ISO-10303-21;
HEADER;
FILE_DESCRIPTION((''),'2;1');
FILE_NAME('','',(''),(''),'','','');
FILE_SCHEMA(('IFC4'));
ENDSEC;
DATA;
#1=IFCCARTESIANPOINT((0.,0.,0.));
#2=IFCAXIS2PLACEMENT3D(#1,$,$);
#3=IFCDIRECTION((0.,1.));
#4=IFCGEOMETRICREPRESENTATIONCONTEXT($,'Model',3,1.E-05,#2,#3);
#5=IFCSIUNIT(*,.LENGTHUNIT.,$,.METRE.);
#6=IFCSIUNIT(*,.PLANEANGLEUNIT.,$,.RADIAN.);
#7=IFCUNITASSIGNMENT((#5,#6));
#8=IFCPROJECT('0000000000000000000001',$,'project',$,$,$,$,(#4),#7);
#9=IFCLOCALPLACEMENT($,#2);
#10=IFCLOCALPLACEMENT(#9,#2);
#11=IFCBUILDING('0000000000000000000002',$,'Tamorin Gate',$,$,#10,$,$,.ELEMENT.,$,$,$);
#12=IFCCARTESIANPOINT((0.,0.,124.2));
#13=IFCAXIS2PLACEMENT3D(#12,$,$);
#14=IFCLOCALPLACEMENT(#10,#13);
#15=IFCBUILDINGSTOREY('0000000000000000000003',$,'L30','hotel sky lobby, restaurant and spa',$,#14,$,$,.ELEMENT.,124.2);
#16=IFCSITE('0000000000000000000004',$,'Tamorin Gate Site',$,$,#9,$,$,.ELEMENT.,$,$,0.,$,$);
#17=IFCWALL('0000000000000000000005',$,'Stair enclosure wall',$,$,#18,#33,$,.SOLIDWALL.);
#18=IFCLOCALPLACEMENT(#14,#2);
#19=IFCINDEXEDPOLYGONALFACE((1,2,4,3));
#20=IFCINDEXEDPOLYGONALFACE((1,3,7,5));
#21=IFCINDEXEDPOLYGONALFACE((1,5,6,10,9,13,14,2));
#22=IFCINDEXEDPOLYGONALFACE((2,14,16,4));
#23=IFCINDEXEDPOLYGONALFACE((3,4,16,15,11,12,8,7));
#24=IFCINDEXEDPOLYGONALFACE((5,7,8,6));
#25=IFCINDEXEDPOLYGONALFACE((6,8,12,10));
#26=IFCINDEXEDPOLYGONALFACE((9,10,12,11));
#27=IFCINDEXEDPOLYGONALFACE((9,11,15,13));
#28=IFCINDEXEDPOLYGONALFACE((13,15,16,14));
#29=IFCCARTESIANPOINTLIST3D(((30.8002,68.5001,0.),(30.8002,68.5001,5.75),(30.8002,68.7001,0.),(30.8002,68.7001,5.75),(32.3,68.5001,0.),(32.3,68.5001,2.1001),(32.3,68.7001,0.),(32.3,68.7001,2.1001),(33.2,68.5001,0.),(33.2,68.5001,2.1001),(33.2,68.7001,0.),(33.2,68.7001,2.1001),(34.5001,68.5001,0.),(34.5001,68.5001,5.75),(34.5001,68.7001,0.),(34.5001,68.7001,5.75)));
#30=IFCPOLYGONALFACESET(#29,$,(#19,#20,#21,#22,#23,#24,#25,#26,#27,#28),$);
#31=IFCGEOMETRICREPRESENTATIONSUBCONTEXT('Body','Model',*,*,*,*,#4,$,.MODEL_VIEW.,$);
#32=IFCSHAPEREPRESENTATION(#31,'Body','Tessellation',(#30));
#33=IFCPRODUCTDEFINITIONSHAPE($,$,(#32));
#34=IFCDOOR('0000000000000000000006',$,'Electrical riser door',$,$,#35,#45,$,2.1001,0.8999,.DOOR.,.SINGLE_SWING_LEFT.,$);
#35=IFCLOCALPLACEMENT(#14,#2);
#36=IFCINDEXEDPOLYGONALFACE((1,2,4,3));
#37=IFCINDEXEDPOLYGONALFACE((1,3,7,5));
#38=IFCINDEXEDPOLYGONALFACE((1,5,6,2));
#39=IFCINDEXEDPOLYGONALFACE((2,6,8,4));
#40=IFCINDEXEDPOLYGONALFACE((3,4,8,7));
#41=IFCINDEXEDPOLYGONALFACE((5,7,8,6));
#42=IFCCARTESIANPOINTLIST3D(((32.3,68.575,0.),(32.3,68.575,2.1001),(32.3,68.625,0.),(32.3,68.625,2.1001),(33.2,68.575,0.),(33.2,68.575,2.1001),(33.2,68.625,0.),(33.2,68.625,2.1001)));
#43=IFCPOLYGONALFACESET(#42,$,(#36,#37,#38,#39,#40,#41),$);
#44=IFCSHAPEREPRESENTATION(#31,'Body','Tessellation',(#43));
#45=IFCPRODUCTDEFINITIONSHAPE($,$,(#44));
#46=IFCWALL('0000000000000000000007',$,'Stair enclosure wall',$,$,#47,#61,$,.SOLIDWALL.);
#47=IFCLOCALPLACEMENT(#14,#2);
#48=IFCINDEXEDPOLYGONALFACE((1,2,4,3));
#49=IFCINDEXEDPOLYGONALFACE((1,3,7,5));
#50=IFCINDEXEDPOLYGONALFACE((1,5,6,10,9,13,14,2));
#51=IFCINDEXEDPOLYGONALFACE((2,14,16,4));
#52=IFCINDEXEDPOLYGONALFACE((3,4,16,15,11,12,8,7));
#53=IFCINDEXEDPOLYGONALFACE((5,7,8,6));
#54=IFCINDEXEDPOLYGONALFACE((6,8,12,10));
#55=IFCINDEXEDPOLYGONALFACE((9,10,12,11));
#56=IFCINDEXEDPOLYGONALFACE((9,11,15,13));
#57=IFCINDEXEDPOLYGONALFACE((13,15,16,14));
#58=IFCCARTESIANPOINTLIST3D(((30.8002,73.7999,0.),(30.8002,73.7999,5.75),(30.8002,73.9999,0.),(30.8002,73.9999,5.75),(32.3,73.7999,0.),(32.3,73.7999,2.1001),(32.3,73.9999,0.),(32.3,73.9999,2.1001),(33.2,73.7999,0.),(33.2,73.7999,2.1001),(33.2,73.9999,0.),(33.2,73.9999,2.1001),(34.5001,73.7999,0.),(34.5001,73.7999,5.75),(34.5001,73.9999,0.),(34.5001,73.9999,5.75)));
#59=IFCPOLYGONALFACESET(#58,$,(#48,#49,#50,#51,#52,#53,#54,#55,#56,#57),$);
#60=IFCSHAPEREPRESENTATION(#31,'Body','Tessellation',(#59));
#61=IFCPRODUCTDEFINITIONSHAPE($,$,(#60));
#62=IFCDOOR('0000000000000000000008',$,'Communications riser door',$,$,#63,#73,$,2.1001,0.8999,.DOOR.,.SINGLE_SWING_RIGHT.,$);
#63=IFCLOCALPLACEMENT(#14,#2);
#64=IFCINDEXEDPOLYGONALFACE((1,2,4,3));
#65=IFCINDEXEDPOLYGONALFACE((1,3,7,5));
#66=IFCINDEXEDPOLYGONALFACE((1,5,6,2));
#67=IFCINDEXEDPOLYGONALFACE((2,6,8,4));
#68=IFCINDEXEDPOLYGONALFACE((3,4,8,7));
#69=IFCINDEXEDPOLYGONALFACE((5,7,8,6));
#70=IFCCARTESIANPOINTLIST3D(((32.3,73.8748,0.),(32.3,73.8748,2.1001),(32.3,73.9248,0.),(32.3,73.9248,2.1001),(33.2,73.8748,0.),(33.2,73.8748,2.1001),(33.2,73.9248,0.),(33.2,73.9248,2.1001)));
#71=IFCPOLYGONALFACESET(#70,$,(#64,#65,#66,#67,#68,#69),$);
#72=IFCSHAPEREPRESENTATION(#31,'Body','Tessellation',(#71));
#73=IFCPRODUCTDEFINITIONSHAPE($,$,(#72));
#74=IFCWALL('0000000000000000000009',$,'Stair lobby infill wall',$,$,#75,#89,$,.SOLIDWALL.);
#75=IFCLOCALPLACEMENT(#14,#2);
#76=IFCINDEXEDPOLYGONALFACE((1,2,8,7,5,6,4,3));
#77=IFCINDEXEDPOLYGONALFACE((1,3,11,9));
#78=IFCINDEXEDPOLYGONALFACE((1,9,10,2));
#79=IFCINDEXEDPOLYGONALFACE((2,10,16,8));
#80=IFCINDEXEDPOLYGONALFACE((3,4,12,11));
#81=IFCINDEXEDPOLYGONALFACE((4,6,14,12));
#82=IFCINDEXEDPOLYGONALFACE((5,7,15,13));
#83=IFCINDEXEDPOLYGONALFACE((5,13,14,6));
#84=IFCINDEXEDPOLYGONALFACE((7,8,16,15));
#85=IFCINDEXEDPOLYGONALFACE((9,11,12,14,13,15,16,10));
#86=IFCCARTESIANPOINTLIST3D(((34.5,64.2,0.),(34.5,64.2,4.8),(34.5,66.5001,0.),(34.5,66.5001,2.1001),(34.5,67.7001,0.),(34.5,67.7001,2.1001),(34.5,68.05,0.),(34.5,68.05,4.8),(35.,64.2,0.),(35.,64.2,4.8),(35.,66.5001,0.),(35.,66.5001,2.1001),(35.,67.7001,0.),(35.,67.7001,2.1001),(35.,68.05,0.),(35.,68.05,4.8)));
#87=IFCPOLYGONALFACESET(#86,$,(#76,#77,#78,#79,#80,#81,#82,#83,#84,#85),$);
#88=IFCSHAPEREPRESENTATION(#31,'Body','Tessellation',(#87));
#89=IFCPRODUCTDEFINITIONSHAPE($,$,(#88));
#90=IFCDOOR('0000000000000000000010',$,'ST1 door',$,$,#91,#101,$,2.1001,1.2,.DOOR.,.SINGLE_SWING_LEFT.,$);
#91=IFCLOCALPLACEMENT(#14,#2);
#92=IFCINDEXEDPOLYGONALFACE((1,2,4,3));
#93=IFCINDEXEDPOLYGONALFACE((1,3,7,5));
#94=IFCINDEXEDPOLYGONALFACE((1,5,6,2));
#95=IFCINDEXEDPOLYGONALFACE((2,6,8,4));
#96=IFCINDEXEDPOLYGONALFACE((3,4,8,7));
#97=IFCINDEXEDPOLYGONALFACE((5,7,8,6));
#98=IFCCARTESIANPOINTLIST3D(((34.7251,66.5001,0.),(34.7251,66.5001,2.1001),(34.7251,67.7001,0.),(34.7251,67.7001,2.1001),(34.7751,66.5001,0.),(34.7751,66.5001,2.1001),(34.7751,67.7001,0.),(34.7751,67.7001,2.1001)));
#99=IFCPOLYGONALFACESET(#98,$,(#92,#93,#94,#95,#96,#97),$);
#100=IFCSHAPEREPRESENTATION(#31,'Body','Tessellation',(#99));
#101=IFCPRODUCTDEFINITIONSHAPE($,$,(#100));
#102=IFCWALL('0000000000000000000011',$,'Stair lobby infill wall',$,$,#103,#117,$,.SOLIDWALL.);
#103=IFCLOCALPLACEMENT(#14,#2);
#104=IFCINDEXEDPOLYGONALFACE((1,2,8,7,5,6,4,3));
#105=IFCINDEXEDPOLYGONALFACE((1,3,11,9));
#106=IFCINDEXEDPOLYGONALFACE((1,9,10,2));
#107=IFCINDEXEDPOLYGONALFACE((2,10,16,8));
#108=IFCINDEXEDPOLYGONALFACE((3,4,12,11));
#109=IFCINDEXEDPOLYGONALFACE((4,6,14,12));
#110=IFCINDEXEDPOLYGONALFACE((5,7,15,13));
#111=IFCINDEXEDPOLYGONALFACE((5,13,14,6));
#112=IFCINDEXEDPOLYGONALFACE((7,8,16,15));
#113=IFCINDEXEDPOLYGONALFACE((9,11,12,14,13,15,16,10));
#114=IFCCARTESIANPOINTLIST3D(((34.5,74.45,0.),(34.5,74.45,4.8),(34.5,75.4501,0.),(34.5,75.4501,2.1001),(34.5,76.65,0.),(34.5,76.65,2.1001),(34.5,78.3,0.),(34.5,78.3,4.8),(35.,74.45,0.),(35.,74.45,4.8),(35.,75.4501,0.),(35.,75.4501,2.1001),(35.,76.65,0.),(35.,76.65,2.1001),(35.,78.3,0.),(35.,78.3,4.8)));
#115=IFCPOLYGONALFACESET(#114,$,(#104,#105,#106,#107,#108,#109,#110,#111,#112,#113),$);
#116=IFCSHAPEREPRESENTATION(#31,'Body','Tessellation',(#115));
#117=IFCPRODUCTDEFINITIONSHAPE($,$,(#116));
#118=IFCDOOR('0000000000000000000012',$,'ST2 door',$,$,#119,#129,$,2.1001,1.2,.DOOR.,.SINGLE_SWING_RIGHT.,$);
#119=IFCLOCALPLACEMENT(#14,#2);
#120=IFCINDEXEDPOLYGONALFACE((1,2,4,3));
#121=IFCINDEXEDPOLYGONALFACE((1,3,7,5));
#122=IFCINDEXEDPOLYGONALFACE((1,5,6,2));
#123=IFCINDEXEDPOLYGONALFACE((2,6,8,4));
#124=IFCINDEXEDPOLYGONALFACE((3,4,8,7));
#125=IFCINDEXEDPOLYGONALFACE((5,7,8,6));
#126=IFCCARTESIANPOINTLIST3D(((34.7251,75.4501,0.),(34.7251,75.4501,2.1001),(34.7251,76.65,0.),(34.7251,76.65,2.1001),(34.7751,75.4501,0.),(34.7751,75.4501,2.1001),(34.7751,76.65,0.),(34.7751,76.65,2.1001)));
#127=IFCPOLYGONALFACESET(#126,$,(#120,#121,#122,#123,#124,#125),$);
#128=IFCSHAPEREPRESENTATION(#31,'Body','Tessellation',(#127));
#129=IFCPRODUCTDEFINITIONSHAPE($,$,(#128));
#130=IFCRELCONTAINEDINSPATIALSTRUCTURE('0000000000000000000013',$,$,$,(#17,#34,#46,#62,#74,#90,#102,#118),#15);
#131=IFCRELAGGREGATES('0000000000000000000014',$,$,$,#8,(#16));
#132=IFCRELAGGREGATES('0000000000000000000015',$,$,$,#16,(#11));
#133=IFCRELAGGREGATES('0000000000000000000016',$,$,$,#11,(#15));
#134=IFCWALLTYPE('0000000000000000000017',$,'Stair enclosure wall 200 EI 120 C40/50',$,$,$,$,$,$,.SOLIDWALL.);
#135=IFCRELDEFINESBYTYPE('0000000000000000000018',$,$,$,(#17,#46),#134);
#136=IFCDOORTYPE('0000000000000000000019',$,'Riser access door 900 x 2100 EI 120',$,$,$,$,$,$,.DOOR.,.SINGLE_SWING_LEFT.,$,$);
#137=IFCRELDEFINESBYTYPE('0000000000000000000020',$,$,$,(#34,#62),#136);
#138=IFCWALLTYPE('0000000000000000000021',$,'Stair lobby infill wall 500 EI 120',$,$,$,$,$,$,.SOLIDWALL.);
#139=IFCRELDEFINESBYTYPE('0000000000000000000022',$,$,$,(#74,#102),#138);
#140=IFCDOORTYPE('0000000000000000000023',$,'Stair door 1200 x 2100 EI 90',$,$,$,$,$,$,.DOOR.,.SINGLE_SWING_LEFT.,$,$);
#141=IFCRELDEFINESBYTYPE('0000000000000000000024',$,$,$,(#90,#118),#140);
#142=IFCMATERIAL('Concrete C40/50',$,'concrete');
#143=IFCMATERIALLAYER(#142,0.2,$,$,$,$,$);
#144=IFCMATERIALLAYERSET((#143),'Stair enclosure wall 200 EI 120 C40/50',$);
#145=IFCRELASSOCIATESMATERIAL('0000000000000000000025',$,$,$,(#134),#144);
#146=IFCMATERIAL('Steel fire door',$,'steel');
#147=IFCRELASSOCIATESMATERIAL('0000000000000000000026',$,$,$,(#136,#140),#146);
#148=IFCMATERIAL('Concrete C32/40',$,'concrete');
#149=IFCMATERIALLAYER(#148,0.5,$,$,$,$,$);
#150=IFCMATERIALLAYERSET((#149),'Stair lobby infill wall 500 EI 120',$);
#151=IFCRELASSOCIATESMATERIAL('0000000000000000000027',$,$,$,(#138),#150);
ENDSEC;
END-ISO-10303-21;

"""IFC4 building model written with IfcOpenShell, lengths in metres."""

from ifc_helpers import new_model, si_unit, direction, frame, frame_2d, origin, place, context, subcontext, project, spatial, rectangle, extrude, material, layer, layer_set, type_object, element, fill, save


model = new_model("IFC4")

# Units and contexts
model_context = context("Model", 3, precision=1e-05, world=origin(), true_north=direction((0.0, 1.0)))
body_context = subcontext(model_context, "Body", "Model", "MODEL_VIEW")
ifc_project = project(units=[si_unit("LENGTHUNIT", "METRE"), si_unit("PLANEANGLEUNIT", "RADIAN")], contexts=[model_context])

# Site, building, storey
site_placement = place(None, origin())
site = spatial("IfcSite", under=ifc_project, at=site_placement, Name="Tamorin Gate Site", CompositionType="ELEMENT", RefElevation=0.0)
building_placement = place(site_placement, origin())
building = spatial("IfcBuilding", under=site, at=building_placement, Name="Tamorin Gate", CompositionType="ELEMENT")
storey_placement = place(building_placement, frame((0.0, 0.0, 124.2)))
storey = spatial("IfcBuildingStorey", under=building, at=storey_placement, Name="L30", Description="hotel sky lobby, restaurant and spa", CompositionType="ELEMENT", Elevation=124.2)

# Shared definitions
ifc_material_1 = material(Name="Concrete C32/40", Category="concrete")

# Walls, openings, doors
ifc_material_2 = material(Name="Concrete C40/50", Category="concrete")
ifc_layer_1 = layer(ifc_material_2, 0.2)
ifc_layer_set_1 = layer_set([ifc_layer_1], Name="Stair enclosure wall 200 EI 120 C40/50")
wall_type_1 = type_object("IfcWallType", Name="Stair enclosure wall 200 EI 120 C40/50", PredefinedType="SOLIDWALL", material=ifc_layer_set_1)
wall_1_placement = place(storey_placement, frame((30.8, 68.6001, 0.0), z_axis=(0.0, 0.0, 1.0), x_axis=(1.0, 0.0, 0.0)))
wall_1 = element("IfcWall", 1, at=wall_1_placement, inside=storey, type_object=wall_type_1, Name="Stair enclosure wall", PredefinedType="SOLIDWALL", context=body_context, shape_type="SweptSolid", body=[
    extrude(rectangle(XDim=3.7, YDim=0.2, at=frame_2d((1.8501, 0.0))), origin(), (0.0, 0.0, 1.0), 5.75),
])
opening_1_placement = place(wall_1_placement, frame((1.5, 0.0, 0.0)))
opening_1 = element("IfcOpeningElement", 2, at=opening_1_placement, cuts=wall_1, PredefinedType="OPENING", context=body_context, shape_type="SweptSolid", body=[
    extrude(rectangle(XDim=0.8999, YDim=2.1001, at=frame_2d((0.45, 1.05))), frame((0.0, 0.1099, 0.0), z_axis=(0.0, -1.0, 0.0), x_axis=(1.0, 0.0, 0.0)), (0.0, 0.0, 1.0), 0.22),
])
ifc_material_3 = material(Name="Steel fire door", Category="steel")
door_type_1 = type_object("IfcDoorType", Name="Riser access door 900 x 2100 EI 120", OperationType="SINGLE_SWING_LEFT", PredefinedType="DOOR", material=ifc_material_3)
door_1_placement = place(opening_1_placement, origin())
door_1 = element("IfcDoor", 3, at=door_1_placement, inside=storey, type_object=door_type_1, Name="Electrical riser door", OperationType="SINGLE_SWING_LEFT", OverallHeight=2.1001, OverallWidth=0.8999, PredefinedType="DOOR", context=body_context, shape_type="SweptSolid", body=[
    extrude(rectangle(XDim=0.8999, YDim=2.1001, at=frame_2d((0.45, 1.05))), frame((0.0, 0.0249, 0.0), z_axis=(0.0, -1.0, 0.0), x_axis=(1.0, 0.0, 0.0)), (0.0, 0.0, 1.0), 0.05),
])
fill(opening_1, door_1)
wall_2_placement = place(storey_placement, frame((30.8, 73.8999, 0.0), z_axis=(0.0, 0.0, 1.0), x_axis=(1.0, 0.0, 0.0)))
wall_2 = element("IfcWall", 4, at=wall_2_placement, inside=storey, type_object=wall_type_1, Name="Stair enclosure wall", PredefinedType="SOLIDWALL", context=body_context, shape_type="SweptSolid", body=[
    extrude(rectangle(XDim=3.7, YDim=0.2, at=frame_2d((1.8501, 0.0))), origin(), (0.0, 0.0, 1.0), 5.75),
])
opening_2_placement = place(wall_2_placement, frame((1.5, 0.0, 0.0)))
opening_2 = element("IfcOpeningElement", 5, at=opening_2_placement, cuts=wall_2, PredefinedType="OPENING", context=body_context, shape_type="SweptSolid", body=[
    extrude(rectangle(XDim=0.8999, YDim=2.1001, at=frame_2d((0.45, 1.05))), frame((0.0, 0.1099, 0.0), z_axis=(0.0, -1.0, 0.0), x_axis=(1.0, 0.0, 0.0)), (0.0, 0.0, 1.0), 0.22),
])
door_2_placement = place(opening_2_placement, origin())
door_2 = element("IfcDoor", 6, at=door_2_placement, inside=storey, type_object=door_type_1, Name="Communications riser door", OperationType="SINGLE_SWING_RIGHT", OverallHeight=2.1001, OverallWidth=0.8999, PredefinedType="DOOR", context=body_context, shape_type="SweptSolid", body=[
    extrude(rectangle(XDim=0.8999, YDim=2.1001, at=frame_2d((0.45, 1.05))), frame((0.0, 0.0249, 0.0), z_axis=(0.0, -1.0, 0.0), x_axis=(1.0, 0.0, 0.0)), (0.0, 0.0, 1.0), 0.05),
])
fill(opening_2, door_2)
ifc_layer_2 = layer(ifc_material_1, 0.5)
ifc_layer_set_2 = layer_set([ifc_layer_2], Name="Stair lobby infill wall 500 EI 120")
wall_type_2 = type_object("IfcWallType", Name="Stair lobby infill wall 500 EI 120", PredefinedType="SOLIDWALL", material=ifc_layer_set_2)
wall_3_placement = place(storey_placement, frame((34.75, 64.2, 0.0), z_axis=(0.0, 0.0, 1.0), x_axis=(0.0, 1.0, 0.0)))
wall_3 = element("IfcWall", 7, at=wall_3_placement, inside=storey, type_object=wall_type_2, Name="Stair lobby infill wall", PredefinedType="SOLIDWALL", context=body_context, shape_type="SweptSolid", body=[
    extrude(rectangle(XDim=3.8501, YDim=0.5, at=frame_2d((1.925, 0.0))), origin(), (0.0, 0.0, 1.0), 4.8),
])
opening_3_placement = place(wall_3_placement, frame((2.3, 0.0, 0.0)))
opening_3 = element("IfcOpeningElement", 8, at=opening_3_placement, cuts=wall_3, PredefinedType="OPENING", context=body_context, shape_type="SweptSolid", body=[
    extrude(rectangle(XDim=1.2, YDim=2.1001, at=frame_2d((0.6001, 1.05))), frame((0.0, 0.26, 0.0), z_axis=(0.0, -1.0, 0.0), x_axis=(1.0, 0.0, 0.0)), (0.0, 0.0, 1.0), 0.52),
])
door_type_2 = type_object("IfcDoorType", Name="Stair door 1200 x 2100 EI 90", OperationType="SINGLE_SWING_LEFT", PredefinedType="DOOR", material=ifc_material_3)
door_3_placement = place(opening_3_placement, origin())
door_3 = element("IfcDoor", 9, at=door_3_placement, inside=storey, type_object=door_type_2, Name="ST1 door", OperationType="SINGLE_SWING_LEFT", OverallHeight=2.1001, OverallWidth=1.2, PredefinedType="DOOR", context=body_context, shape_type="SweptSolid", body=[
    extrude(rectangle(XDim=1.2, YDim=2.1001, at=frame_2d((0.6001, 1.05))), frame((0.0, 0.0249, 0.0), z_axis=(0.0, -1.0, 0.0), x_axis=(1.0, 0.0, 0.0)), (0.0, 0.0, 1.0), 0.05),
])
fill(opening_3, door_3)
wall_4_placement = place(storey_placement, frame((34.75, 74.45, 0.0), z_axis=(0.0, 0.0, 1.0), x_axis=(0.0, 1.0, 0.0)))
wall_4 = element("IfcWall", 10, at=wall_4_placement, inside=storey, type_object=wall_type_2, Name="Stair lobby infill wall", PredefinedType="SOLIDWALL", context=body_context, shape_type="SweptSolid", body=[
    extrude(rectangle(XDim=3.8501, YDim=0.5, at=frame_2d((1.925, 0.0))), origin(), (0.0, 0.0, 1.0), 4.8),
])
opening_4_placement = place(wall_4_placement, frame((1.0, 0.0, 0.0)))
opening_4 = element("IfcOpeningElement", 11, at=opening_4_placement, cuts=wall_4, PredefinedType="OPENING", context=body_context, shape_type="SweptSolid", body=[
    extrude(rectangle(XDim=1.2, YDim=2.1001, at=frame_2d((0.6001, 1.05))), frame((0.0, 0.26, 0.0), z_axis=(0.0, -1.0, 0.0), x_axis=(1.0, 0.0, 0.0)), (0.0, 0.0, 1.0), 0.52),
])
door_4_placement = place(opening_4_placement, origin())
door_4 = element("IfcDoor", 12, at=door_4_placement, inside=storey, type_object=door_type_2, Name="ST2 door", OperationType="SINGLE_SWING_RIGHT", OverallHeight=2.1001, OverallWidth=1.2, PredefinedType="DOOR", context=body_context, shape_type="SweptSolid", body=[
    extrude(rectangle(XDim=1.2, YDim=2.1001, at=frame_2d((0.6001, 1.05))), frame((0.0, 0.0249, 0.0), z_axis=(0.0, -1.0, 0.0), x_axis=(1.0, 0.0, 0.0)), (0.0, 0.0, 1.0), 0.05),
])
fill(opening_4, door_4)

save(model, "model.ifc")
